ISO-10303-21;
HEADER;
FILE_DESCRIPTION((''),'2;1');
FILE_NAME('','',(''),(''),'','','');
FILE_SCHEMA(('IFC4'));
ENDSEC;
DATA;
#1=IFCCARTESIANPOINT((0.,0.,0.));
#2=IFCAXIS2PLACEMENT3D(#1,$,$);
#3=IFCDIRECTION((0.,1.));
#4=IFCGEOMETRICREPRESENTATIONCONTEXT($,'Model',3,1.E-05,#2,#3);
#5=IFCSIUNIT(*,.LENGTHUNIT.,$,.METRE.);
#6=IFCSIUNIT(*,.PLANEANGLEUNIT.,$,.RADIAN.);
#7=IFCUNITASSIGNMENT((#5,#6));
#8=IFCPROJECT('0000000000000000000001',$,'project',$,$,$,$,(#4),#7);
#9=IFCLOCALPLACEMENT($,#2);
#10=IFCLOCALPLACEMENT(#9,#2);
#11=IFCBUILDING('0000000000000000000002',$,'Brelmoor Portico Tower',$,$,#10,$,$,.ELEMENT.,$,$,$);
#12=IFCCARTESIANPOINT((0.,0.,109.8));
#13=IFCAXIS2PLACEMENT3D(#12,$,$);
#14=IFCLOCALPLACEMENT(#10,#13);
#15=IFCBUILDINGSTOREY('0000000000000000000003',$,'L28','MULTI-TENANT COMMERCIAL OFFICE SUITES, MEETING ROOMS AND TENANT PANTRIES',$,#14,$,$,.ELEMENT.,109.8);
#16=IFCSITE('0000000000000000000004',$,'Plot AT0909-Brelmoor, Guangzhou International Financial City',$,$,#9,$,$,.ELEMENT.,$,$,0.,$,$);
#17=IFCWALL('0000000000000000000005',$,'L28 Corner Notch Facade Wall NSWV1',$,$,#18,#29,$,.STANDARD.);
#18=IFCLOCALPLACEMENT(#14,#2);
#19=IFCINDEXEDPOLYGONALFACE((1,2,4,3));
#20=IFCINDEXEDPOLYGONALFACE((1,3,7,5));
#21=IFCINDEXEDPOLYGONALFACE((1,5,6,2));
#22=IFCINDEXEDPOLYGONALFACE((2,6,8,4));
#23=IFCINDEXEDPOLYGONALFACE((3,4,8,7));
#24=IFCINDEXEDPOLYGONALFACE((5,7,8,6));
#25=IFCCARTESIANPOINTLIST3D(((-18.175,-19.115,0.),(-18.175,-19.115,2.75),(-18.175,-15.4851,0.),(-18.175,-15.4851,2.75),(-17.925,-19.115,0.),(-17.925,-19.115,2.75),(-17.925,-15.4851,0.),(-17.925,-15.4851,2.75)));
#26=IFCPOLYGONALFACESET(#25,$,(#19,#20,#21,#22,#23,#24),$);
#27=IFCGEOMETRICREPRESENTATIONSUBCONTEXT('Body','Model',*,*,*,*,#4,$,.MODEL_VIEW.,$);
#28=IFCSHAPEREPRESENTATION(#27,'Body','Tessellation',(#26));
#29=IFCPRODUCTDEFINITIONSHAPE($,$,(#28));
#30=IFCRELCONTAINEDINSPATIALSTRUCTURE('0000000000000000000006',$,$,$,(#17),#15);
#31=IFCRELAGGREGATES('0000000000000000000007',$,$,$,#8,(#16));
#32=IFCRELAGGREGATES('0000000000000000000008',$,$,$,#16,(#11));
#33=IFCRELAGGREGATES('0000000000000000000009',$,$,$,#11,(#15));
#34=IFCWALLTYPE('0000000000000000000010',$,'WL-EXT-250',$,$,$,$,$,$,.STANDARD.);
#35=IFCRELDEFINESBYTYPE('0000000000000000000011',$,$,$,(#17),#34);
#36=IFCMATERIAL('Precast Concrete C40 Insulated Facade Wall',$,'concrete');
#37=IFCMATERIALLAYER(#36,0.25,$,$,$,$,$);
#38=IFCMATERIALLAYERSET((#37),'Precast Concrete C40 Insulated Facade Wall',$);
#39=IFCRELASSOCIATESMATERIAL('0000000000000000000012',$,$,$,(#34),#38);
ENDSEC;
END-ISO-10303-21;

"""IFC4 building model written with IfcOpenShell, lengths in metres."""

from ifc_helpers import new_model, si_unit, direction, frame, frame_2d, origin, place, context, subcontext, project, spatial, rectangle, extrude, material, layer, layer_set, type_object, element, save


model = new_model("IFC4")

# Units and contexts
model_context = context("Model", 3, precision=1e-05, world=origin(), true_north=direction((0.0, 1.0)))
body_context = subcontext(model_context, "Body", "Model", "MODEL_VIEW")
ifc_project = project(units=[si_unit("LENGTHUNIT", "METRE"), si_unit("PLANEANGLEUNIT", "RADIAN")], contexts=[model_context])

# Site, building, storey
site_placement = place(None, origin())
site = spatial("IfcSite", under=ifc_project, at=site_placement, Name="Plot AT0909-Brelmoor, Guangzhou International Financial City", CompositionType="ELEMENT", RefElevation=0.0)
building_placement = place(site_placement, origin())
building = spatial("IfcBuilding", under=site, at=building_placement, Name="Brelmoor Portico Tower", CompositionType="ELEMENT")
storey_placement = place(building_placement, frame((0.0, 0.0, 109.8)))
storey = spatial("IfcBuildingStorey", under=building, at=storey_placement, Name="L28", Description="MULTI-TENANT COMMERCIAL OFFICE SUITES, MEETING ROOMS AND TENANT PANTRIES", CompositionType="ELEMENT", Elevation=109.8)

# Wall
ifc_material_1 = material(Name="Precast Concrete C40 Insulated Facade Wall", Category="concrete")
ifc_layer_1 = layer(ifc_material_1, 0.25)
ifc_layer_set_1 = layer_set([ifc_layer_1], Name="Precast Concrete C40 Insulated Facade Wall")
wall_type = type_object("IfcWallType", Name="WL-EXT-250", PredefinedType="STANDARD", material=ifc_layer_set_1)
for number, where, z_axis, x_axis, name in (
    (1, (-18.05, -19.115, 0.0), (0.0, 0.0, 1.0), (0.0, 1.0, 0.0), "L28 Corner Notch Facade Wall NSWV1"),
):
    element("IfcWall", number, at=place(storey_placement, frame(where, z_axis=z_axis, x_axis=x_axis)), inside=storey, type_object=wall_type, Name=name, PredefinedType="STANDARD", context=body_context, shape_type="SweptSolid", body=[
        extrude(rectangle(XDim=3.6299, YDim=0.25, at=frame_2d((1.8149, 0.0))), origin(), (0.0, 0.0, 1.0), 2.75),
    ])

save(model, "model.ifc")
